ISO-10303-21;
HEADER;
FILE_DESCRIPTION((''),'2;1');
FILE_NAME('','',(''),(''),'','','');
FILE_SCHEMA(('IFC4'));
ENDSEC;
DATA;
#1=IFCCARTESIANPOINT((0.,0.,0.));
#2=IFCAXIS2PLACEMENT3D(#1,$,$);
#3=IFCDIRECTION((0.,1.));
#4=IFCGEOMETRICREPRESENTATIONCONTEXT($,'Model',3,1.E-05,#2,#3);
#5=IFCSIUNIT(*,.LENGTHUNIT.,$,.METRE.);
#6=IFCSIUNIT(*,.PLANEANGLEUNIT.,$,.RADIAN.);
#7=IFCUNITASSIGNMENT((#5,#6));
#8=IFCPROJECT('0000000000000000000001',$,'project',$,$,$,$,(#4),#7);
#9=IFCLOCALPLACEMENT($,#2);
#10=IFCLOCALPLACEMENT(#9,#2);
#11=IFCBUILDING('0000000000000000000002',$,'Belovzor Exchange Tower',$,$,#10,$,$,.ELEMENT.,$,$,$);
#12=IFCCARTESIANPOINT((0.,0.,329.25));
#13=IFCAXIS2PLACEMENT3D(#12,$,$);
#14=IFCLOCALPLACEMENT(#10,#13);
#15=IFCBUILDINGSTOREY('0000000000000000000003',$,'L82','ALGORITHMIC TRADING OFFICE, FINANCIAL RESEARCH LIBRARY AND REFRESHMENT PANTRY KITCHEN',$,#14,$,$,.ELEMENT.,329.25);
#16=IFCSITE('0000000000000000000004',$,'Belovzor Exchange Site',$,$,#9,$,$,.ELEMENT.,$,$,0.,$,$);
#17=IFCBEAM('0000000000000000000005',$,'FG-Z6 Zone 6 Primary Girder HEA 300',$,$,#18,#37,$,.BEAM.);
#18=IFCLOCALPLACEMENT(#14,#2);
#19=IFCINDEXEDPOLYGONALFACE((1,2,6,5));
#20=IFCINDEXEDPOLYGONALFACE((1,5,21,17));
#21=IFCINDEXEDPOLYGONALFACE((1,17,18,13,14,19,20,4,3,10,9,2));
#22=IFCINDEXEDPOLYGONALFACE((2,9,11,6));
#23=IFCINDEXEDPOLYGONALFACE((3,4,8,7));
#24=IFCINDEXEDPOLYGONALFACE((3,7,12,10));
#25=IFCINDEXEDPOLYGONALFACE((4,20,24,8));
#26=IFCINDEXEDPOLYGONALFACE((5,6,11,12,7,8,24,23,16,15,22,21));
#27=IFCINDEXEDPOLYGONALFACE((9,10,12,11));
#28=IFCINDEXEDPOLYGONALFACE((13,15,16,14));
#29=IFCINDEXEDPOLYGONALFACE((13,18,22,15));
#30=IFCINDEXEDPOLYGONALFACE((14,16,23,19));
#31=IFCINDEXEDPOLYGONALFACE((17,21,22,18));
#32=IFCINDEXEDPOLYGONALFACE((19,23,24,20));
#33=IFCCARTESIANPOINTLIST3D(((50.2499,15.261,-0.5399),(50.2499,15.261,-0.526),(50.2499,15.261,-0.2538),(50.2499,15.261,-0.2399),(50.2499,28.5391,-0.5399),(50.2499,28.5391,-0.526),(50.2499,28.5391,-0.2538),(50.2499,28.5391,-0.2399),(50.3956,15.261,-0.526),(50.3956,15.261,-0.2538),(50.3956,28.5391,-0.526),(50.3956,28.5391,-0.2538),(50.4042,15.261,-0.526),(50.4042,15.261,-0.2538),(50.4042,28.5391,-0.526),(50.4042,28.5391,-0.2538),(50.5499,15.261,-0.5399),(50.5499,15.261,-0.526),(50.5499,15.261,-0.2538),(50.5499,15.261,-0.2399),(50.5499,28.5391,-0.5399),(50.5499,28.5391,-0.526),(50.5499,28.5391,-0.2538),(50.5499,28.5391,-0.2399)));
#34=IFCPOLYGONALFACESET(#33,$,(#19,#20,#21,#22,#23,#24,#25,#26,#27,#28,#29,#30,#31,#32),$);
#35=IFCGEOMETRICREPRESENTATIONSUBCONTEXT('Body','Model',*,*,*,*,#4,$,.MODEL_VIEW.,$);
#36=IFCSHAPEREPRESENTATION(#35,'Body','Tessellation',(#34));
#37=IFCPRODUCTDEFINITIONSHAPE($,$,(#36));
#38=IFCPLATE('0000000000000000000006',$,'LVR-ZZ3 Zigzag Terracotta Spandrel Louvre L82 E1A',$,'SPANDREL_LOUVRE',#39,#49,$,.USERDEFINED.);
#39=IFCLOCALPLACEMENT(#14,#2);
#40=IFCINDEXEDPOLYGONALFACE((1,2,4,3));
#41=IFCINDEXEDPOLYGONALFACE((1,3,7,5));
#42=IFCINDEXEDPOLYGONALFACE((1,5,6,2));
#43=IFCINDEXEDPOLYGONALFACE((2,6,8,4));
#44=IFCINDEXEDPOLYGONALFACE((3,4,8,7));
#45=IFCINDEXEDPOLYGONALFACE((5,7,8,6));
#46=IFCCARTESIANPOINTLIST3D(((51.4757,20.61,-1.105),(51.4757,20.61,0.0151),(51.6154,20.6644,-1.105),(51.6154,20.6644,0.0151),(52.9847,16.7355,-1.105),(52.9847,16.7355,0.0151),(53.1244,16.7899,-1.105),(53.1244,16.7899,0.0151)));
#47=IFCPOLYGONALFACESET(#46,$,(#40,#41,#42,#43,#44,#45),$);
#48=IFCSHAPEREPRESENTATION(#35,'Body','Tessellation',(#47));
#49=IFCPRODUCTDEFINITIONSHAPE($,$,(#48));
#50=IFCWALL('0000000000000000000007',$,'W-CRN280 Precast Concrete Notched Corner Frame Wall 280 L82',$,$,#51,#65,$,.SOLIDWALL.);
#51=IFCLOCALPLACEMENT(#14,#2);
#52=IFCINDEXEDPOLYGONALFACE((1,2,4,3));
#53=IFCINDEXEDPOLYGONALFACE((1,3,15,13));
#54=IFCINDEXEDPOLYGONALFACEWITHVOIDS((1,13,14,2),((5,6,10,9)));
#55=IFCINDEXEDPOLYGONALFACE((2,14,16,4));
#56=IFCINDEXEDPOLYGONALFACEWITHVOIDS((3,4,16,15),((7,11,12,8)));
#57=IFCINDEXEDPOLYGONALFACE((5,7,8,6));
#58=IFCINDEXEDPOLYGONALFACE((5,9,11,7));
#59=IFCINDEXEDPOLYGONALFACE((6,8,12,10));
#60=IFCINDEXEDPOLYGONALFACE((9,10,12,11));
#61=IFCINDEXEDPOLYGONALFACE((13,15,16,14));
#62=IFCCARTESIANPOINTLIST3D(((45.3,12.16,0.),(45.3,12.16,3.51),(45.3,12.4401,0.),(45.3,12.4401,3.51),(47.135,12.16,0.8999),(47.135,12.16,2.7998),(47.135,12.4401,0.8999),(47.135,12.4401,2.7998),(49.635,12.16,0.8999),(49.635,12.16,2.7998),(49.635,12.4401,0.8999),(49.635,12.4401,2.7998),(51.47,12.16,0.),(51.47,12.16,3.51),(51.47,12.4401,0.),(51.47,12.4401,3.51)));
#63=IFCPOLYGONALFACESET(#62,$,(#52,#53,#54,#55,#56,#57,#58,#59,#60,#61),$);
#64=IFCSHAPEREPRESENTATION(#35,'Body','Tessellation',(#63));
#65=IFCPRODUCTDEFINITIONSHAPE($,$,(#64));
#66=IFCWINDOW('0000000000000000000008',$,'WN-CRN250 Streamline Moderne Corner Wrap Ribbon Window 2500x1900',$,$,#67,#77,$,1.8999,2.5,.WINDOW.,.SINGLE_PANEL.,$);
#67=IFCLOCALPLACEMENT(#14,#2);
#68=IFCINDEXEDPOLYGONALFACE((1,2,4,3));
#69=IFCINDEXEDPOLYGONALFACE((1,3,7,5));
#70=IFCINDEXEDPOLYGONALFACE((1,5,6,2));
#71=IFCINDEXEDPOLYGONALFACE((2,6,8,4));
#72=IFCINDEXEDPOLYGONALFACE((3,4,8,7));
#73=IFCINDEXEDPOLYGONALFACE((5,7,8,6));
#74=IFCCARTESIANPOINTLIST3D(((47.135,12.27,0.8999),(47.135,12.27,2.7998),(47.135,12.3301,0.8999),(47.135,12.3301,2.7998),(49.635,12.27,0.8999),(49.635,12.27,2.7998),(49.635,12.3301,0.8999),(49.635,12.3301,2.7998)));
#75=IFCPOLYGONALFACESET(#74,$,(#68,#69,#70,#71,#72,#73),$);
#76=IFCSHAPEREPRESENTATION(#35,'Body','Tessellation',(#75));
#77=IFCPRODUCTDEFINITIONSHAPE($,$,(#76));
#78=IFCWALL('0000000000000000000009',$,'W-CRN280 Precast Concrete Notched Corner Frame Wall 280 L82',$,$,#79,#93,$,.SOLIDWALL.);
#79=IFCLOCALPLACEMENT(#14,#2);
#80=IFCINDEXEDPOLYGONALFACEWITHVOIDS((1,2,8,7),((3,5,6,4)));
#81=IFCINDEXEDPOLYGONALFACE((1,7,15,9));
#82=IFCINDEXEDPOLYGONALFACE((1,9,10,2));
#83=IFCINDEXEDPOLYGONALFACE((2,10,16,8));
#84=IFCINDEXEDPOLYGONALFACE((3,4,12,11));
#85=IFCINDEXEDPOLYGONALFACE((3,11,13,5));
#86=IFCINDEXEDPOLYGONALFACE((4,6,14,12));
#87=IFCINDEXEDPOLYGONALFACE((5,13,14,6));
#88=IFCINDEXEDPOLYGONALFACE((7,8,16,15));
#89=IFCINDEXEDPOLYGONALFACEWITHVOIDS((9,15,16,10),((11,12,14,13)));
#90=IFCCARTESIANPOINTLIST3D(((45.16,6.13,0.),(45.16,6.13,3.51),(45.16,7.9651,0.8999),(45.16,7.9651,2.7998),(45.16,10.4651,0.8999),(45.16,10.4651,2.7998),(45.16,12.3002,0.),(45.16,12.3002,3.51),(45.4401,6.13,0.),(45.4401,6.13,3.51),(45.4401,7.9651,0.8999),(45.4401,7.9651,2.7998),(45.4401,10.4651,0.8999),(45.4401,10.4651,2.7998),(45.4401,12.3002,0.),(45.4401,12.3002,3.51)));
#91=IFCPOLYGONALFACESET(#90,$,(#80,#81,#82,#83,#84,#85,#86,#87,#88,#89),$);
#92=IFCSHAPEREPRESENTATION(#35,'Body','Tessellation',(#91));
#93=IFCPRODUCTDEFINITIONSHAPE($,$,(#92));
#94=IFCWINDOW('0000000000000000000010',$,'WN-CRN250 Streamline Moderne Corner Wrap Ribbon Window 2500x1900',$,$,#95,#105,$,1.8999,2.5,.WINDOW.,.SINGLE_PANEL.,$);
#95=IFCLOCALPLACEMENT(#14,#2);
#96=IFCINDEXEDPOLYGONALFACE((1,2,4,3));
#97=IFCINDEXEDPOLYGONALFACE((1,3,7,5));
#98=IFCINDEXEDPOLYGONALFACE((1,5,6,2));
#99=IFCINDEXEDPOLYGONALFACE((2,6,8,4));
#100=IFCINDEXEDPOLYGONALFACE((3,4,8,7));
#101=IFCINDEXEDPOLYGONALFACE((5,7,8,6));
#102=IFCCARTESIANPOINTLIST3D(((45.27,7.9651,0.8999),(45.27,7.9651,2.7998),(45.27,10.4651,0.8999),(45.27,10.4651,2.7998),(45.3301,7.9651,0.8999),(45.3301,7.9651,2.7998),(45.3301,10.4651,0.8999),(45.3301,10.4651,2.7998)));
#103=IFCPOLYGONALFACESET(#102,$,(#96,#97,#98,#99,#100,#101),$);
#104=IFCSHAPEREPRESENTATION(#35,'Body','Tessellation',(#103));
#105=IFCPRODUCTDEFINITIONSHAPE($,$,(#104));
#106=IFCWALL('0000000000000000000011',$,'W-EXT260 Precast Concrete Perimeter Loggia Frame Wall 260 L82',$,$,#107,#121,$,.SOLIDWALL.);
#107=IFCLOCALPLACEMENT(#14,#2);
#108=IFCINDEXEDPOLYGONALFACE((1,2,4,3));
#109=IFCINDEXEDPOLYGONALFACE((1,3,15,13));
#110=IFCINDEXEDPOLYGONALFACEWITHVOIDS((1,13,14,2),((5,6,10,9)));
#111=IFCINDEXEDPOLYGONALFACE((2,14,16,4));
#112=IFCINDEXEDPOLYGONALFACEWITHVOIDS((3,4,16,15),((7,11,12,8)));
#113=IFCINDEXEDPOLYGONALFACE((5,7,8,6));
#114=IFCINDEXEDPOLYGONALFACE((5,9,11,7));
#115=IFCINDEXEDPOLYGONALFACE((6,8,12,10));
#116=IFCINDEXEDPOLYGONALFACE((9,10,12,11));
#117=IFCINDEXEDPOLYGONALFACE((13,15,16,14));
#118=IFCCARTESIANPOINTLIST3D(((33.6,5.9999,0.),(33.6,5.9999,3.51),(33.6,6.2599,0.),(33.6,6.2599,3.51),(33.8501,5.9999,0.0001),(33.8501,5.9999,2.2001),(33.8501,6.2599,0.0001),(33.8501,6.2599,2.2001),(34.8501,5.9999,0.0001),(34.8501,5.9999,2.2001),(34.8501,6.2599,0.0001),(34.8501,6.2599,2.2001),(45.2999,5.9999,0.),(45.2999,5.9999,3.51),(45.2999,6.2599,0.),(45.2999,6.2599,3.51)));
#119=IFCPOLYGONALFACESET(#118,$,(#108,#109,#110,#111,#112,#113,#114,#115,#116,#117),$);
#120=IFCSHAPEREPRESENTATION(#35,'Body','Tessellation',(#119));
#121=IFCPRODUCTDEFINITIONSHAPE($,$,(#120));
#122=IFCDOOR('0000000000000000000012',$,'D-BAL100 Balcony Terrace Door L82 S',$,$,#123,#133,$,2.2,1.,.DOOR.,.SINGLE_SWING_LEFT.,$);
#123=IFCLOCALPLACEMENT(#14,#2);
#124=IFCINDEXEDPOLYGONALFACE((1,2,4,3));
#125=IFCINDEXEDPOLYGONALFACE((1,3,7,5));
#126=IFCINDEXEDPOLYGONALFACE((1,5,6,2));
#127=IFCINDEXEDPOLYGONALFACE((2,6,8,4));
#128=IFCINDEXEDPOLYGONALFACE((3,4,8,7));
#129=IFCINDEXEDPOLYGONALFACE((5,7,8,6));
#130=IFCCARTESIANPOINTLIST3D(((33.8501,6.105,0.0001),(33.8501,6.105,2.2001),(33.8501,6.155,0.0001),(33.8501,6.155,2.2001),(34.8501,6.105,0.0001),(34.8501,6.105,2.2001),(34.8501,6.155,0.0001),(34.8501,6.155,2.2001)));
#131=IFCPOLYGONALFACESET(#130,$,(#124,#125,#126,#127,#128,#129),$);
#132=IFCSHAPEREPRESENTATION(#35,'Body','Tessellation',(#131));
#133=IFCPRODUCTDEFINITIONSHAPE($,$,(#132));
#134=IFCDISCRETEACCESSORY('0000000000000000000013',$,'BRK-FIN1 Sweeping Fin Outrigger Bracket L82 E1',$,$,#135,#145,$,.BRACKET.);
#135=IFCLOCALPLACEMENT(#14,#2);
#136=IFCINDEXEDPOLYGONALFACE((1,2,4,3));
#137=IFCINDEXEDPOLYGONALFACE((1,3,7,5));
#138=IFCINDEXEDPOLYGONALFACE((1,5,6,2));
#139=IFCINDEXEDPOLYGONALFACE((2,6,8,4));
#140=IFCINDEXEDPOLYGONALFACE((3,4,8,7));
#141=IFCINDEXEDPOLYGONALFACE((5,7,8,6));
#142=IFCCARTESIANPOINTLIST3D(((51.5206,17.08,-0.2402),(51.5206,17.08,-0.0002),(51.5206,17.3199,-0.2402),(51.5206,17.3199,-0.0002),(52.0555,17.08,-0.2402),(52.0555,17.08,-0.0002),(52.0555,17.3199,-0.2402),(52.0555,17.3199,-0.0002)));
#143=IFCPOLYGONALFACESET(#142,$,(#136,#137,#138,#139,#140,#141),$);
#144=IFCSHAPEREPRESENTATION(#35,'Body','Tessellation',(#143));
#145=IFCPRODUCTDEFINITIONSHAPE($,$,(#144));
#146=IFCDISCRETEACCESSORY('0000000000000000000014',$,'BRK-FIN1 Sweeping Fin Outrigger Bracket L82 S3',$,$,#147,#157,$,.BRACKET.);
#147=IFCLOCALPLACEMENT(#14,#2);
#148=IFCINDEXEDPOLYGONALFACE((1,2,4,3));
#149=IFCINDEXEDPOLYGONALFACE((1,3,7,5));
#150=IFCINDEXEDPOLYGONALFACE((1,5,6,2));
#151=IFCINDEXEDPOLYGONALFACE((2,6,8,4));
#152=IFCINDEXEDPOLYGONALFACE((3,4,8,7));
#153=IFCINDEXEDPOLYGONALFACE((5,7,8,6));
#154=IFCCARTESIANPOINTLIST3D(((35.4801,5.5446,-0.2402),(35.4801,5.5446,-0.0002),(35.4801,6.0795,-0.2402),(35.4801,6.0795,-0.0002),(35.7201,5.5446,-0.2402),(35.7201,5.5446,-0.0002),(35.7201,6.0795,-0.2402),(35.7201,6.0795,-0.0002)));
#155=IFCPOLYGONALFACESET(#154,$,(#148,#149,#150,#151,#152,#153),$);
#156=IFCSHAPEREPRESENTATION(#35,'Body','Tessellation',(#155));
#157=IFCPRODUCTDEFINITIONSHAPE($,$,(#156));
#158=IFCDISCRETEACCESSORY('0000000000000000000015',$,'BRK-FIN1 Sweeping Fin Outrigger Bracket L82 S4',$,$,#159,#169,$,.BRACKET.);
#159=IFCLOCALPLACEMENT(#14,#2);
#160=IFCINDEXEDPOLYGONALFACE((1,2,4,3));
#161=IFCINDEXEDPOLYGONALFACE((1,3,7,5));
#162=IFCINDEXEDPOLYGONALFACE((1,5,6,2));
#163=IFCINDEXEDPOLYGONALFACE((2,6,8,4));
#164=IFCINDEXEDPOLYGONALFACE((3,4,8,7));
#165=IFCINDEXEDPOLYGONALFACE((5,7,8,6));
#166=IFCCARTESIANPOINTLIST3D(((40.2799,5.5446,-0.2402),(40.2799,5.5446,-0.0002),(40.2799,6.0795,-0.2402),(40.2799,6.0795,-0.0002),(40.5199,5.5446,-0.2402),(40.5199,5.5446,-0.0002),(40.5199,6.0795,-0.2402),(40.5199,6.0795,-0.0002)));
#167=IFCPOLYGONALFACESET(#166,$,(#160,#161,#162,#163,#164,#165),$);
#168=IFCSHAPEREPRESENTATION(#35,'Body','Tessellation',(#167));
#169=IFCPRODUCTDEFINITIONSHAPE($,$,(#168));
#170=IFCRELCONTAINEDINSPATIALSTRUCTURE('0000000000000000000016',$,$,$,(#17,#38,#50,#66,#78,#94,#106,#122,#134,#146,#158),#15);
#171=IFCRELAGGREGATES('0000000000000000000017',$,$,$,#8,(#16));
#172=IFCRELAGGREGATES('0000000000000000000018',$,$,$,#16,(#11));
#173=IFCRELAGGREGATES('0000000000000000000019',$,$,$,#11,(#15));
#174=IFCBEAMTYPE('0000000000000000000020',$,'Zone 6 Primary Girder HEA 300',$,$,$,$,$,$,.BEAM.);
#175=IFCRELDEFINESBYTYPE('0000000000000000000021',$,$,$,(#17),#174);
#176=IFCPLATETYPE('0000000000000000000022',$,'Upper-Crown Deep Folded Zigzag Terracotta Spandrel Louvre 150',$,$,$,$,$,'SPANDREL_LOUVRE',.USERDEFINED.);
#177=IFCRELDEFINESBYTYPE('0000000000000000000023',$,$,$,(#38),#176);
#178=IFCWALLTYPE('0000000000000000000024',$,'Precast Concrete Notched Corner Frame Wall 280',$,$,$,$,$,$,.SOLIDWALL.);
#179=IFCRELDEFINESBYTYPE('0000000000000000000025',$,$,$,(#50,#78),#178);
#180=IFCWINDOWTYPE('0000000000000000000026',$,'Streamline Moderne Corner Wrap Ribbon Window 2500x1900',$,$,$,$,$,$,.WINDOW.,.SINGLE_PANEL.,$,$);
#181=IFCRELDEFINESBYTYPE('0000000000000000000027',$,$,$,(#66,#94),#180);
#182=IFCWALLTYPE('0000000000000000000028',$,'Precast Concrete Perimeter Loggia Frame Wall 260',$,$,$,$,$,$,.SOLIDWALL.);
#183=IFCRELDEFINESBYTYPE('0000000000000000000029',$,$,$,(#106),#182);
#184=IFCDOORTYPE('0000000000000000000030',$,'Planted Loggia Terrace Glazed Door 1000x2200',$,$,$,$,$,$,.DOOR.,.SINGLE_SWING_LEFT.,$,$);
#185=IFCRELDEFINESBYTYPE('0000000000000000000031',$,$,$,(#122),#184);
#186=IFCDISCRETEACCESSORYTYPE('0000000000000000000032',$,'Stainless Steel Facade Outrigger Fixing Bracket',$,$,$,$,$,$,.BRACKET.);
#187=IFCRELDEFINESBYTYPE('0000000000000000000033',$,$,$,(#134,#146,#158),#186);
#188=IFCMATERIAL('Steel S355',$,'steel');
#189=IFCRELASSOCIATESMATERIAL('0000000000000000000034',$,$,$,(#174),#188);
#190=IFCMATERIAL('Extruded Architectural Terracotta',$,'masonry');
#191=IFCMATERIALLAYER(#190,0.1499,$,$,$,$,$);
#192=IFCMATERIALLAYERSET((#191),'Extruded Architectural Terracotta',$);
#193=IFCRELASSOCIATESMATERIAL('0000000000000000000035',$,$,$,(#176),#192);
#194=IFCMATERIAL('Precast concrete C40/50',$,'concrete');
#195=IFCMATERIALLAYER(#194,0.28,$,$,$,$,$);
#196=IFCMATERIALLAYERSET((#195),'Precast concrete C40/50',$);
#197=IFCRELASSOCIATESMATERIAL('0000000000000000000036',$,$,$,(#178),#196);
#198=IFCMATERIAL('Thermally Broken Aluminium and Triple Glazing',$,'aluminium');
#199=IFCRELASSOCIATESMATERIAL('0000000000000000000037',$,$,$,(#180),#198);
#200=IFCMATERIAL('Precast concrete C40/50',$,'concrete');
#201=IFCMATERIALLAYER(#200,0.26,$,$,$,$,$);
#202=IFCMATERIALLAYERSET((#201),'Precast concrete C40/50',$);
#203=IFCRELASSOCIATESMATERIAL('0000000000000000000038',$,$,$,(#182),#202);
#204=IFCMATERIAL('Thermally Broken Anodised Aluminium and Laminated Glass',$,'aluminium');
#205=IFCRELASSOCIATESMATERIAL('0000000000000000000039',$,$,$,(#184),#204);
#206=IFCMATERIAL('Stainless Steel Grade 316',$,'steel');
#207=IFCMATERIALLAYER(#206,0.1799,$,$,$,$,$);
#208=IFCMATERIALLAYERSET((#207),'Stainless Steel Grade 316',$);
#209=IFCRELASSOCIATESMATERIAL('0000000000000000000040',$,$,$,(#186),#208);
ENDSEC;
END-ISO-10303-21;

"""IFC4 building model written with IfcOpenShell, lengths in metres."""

from ifc_helpers import new_model, si_unit, direction, frame, frame_2d, origin, origin_2d, place, context, subcontext, project, spatial, rectangle, i_section, extrude, material, layer, layer_set, material_profile, profile_set, type_object, element, fill, save


model = new_model("IFC4")

# Units and contexts
model_context = context("Model", 3, precision=1e-05, world=origin(), true_north=direction((0.0, 1.0)))
body_context = subcontext(model_context, "Body", "Model", "MODEL_VIEW")
ifc_project = project(units=[si_unit("LENGTHUNIT", "METRE"), si_unit("PLANEANGLEUNIT", "RADIAN")], contexts=[model_context])

# Site, building, storey
site_placement = place(None, origin())
site = spatial("IfcSite", under=ifc_project, at=site_placement, Name="Belovzor Exchange Site", CompositionType="ELEMENT", RefElevation=0.0)
building_placement = place(site_placement, origin())
building = spatial("IfcBuilding", under=site, at=building_placement, Name="Belovzor Exchange Tower", CompositionType="ELEMENT")
storey_placement = place(building_placement, frame((0.0, 0.0, 329.25)))
storey = spatial("IfcBuildingStorey", under=building, at=storey_placement, Name="L82", Description="ALGORITHMIC TRADING OFFICE, FINANCIAL RESEARCH LIBRARY AND REFRESHMENT PANTRY KITCHEN", CompositionType="ELEMENT", Elevation=329.25)

# Beam
ifc_material_1 = material(Name="Steel S355", Category="steel")
ifc_material_profile_1 = material_profile(ifc_material_1, i_section(OverallWidth=0.3, OverallDepth=0.3, WebThickness=0.0085, FlangeThickness=0.0139, at=origin_2d()))
ifc_profile_set_1 = profile_set([ifc_material_profile_1], Name="Steel S355")
beam_type_1 = type_object("IfcBeamType", Name="Zone 6 Primary Girder HEA 300", PredefinedType="BEAM", material=ifc_profile_set_1)
beam_1_placement = place(storey_placement, frame((50.3999, 15.261, -0.3899), z_axis=(0.0, 1.0, 0.0), x_axis=(-1.0, 0.0, 0.0)))
element("IfcBeam", 1, at=beam_1_placement, inside=storey, type_object=beam_type_1, Name="FG-Z6 Zone 6 Primary Girder HEA 300", PredefinedType="BEAM", context=body_context, shape_type="SweptSolid", body=[
    extrude(i_section(OverallWidth=0.3, OverallDepth=0.3, WebThickness=0.0085, FlangeThickness=0.0139, at=origin_2d()), origin(), (0.0, 0.0, 1.0), 13.2781),
])

# Plate
ifc_material_2 = material(Name="Extruded Architectural Terracotta", Category="masonry")
ifc_layer_1 = layer(ifc_material_2, 0.1499)
ifc_layer_set_1 = layer_set([ifc_layer_1], Name="Extruded Architectural Terracotta")
plate_type = type_object("IfcPlateType", Name="Upper-Crown Deep Folded Zigzag Terracotta Spandrel Louvre 150", ElementType="SPANDREL_LOUVRE", PredefinedType="USERDEFINED", material=ifc_layer_set_1)
plate_placement = place(storey_placement, frame((52.3, 18.7, -1.105), z_axis=(0.0, 0.0, 1.0), x_axis=(-0.362926, 0.931818, 0.0)))
element("IfcPlate", 2, at=plate_placement, inside=storey, type_object=plate_type, Name="LVR-ZZ3 Zigzag Terracotta Spandrel Louvre L82 E1A", ObjectType="SPANDREL_LOUVRE", PredefinedType="USERDEFINED", context=body_context, shape_type="SweptSolid", body=[
    extrude(rectangle(XDim=4.158, YDim=0.1499, at=origin_2d()), origin(), (0.0, 0.0, 1.0), 1.1201),
])

# Walls, openings, windows
ifc_material_3 = material(Name="Precast concrete C40/50", Category="concrete")
ifc_layer_2 = layer(ifc_material_3, 0.28)
ifc_layer_set_2 = layer_set([ifc_layer_2], Name="Precast concrete C40/50")
wall_type_1 = type_object("IfcWallType", Name="Precast Concrete Notched Corner Frame Wall 280", PredefinedType="SOLIDWALL", material=ifc_layer_set_2)
wall_1_placement = place(storey_placement, frame((51.47, 12.3, 0.0), z_axis=(0.0, 0.0, 1.0), x_axis=(-1.0, 0.0, 0.0)))
wall_1 = element("IfcWall", 3, at=wall_1_placement, inside=storey, type_object=wall_type_1, Name="W-CRN280 Precast Concrete Notched Corner Frame Wall 280 L82", PredefinedType="SOLIDWALL", context=body_context, shape_type="SweptSolid", body=[
    extrude(rectangle(XDim=6.1699, YDim=0.28, at=frame_2d((3.085, 0.0))), origin(), (0.0, 0.0, 1.0), 3.51),
])
opening_1_placement = place(wall_1_placement, frame((1.835, 0.0, 0.8999)))
opening_1 = element("IfcOpeningElement", 4, at=opening_1_placement, cuts=wall_1, PredefinedType="OPENING", context=body_context, shape_type="SweptSolid", body=[
    extrude(rectangle(XDim=2.5, YDim=1.8999, at=frame_2d((1.25, 0.95))), frame((0.0, 0.1499, 0.0), z_axis=(0.0, -1.0, 0.0), x_axis=(1.0, 0.0, 0.0)), (0.0, 0.0, 1.0), 0.3),
])
ifc_material_4 = material(Name="Thermally Broken Aluminium and Triple Glazing", Category="aluminium")
window_type = type_object("IfcWindowType", Name="Streamline Moderne Corner Wrap Ribbon Window 2500x1900", PartitioningType="SINGLE_PANEL", PredefinedType="WINDOW", material=ifc_material_4)
window_1_placement = place(opening_1_placement, origin())
window_1 = element("IfcWindow", 5, at=window_1_placement, inside=storey, type_object=window_type, Name="WN-CRN250 Streamline Moderne Corner Wrap Ribbon Window 2500x1900", OverallHeight=1.8999, OverallWidth=2.5, PartitioningType="SINGLE_PANEL", PredefinedType="WINDOW", context=body_context, shape_type="SweptSolid", body=[
    extrude(rectangle(XDim=2.5, YDim=1.8999, at=frame_2d((1.25, 0.95))), frame((0.0, 0.03, 0.0), z_axis=(0.0, -1.0, 0.0), x_axis=(1.0, 0.0, 0.0)), (0.0, 0.0, 1.0), 0.0601),
])
fill(opening_1, window_1)
wall_2_placement = place(storey_placement, frame((45.3, 12.3, 0.0), z_axis=(0.0, 0.0, 1.0), x_axis=(0.0, -1.0, 0.0)))
wall_2 = element("IfcWall", 6, at=wall_2_placement, inside=storey, type_object=wall_type_1, Name="W-CRN280 Precast Concrete Notched Corner Frame Wall 280 L82", PredefinedType="SOLIDWALL", context=body_context, shape_type="SweptSolid", body=[
    extrude(rectangle(XDim=6.1702, YDim=0.28, at=frame_2d((3.085, 0.0))), origin(), (0.0, 0.0, 1.0), 3.51),
])
opening_2_placement = place(wall_2_placement, frame((1.835, 0.0, 0.8999)))
opening_2 = element("IfcOpeningElement", 7, at=opening_2_placement, cuts=wall_2, PredefinedType="OPENING", context=body_context, shape_type="SweptSolid", body=[
    extrude(rectangle(XDim=2.5, YDim=1.8999, at=frame_2d((1.25, 0.95))), frame((0.0, 0.1499, 0.0), z_axis=(0.0, -1.0, 0.0), x_axis=(1.0, 0.0, 0.0)), (0.0, 0.0, 1.0), 0.3),
])
window_2_placement = place(opening_2_placement, origin())
window_2 = element("IfcWindow", 8, at=window_2_placement, inside=storey, type_object=window_type, Name="WN-CRN250 Streamline Moderne Corner Wrap Ribbon Window 2500x1900", OverallHeight=1.8999, OverallWidth=2.5, PartitioningType="SINGLE_PANEL", PredefinedType="WINDOW", context=body_context, shape_type="SweptSolid", body=[
    extrude(rectangle(XDim=2.5, YDim=1.8999, at=frame_2d((1.25, 0.95))), frame((0.0, 0.03, 0.0), z_axis=(0.0, -1.0, 0.0), x_axis=(1.0, 0.0, 0.0)), (0.0, 0.0, 1.0), 0.0601),
])
fill(opening_2, window_2)

# Wall, opening, door
ifc_material_5 = material(Name="Precast concrete C40/50", Category="concrete")
ifc_layer_3 = layer(ifc_material_5, 0.26)
ifc_layer_set_3 = layer_set([ifc_layer_3], Name="Precast concrete C40/50")
wall_type_2 = type_object("IfcWallType", Name="Precast Concrete Perimeter Loggia Frame Wall 260", PredefinedType="SOLIDWALL", material=ifc_layer_set_3)
wall_3_placement = place(storey_placement, frame((45.3, 6.1299, 0.0), z_axis=(0.0, 0.0, 1.0), x_axis=(-1.0, 0.0, 0.0)))
wall_3 = element("IfcWall", 9, at=wall_3_placement, inside=storey, type_object=wall_type_2, Name="W-EXT260 Precast Concrete Perimeter Loggia Frame Wall 260 L82", PredefinedType="SOLIDWALL", context=body_context, shape_type="SweptSolid", body=[
    extrude(rectangle(XDim=11.7, YDim=0.26, at=frame_2d((5.8501, 0.0))), origin(), (0.0, 0.0, 1.0), 3.51),
])
opening_3_placement = place(wall_3_placement, frame((10.45, 0.0, 0.0)))
opening_3 = element("IfcOpeningElement", 10, at=opening_3_placement, cuts=wall_3, PredefinedType="OPENING", context=body_context, shape_type="SweptSolid", body=[
    extrude(rectangle(XDim=1.0, YDim=2.2, at=frame_2d((0.5, 1.1001))), frame((0.0, 0.1399, 0.0), z_axis=(0.0, -1.0, 0.0), x_axis=(1.0, 0.0, 0.0)), (0.0, 0.0, 1.0), 0.28),
])
ifc_material_6 = material(Name="Thermally Broken Anodised Aluminium and Laminated Glass", Category="aluminium")
door_type = type_object("IfcDoorType", Name="Planted Loggia Terrace Glazed Door 1000x2200", OperationType="SINGLE_SWING_LEFT", PredefinedType="DOOR", material=ifc_material_6)
door_placement = place(opening_3_placement, origin())
door = element("IfcDoor", 11, at=door_placement, inside=storey, type_object=door_type, Name="D-BAL100 Balcony Terrace Door L82 S", OperationType="SINGLE_SWING_LEFT", OverallHeight=2.2, OverallWidth=1.0, PredefinedType="DOOR", context=body_context, shape_type="SweptSolid", body=[
    extrude(rectangle(XDim=1.0, YDim=2.2, at=frame_2d((0.5, 1.1001))), frame((0.0, 0.0249, 0.0), z_axis=(0.0, -1.0, 0.0), x_axis=(1.0, 0.0, 0.0)), (0.0, 0.0, 1.0), 0.05),
])
fill(opening_3, door)

# Discrete accessories
ifc_material_7 = material(Name="Stainless Steel Grade 316", Category="steel")
ifc_layer_4 = layer(ifc_material_7, 0.1799)
ifc_layer_set_4 = layer_set([ifc_layer_4], Name="Stainless Steel Grade 316")
discrete_accessory_type = type_object("IfcDiscreteAccessoryType", Name="Stainless Steel Facade Outrigger Fixing Bracket", PredefinedType="BRACKET", material=ifc_layer_set_4)
for number, where, z_axis, x_axis, name in (
    (12, (51.7881, 17.2, -0.2402), (0.0, 0.0, 1.0), (1.0, 0.0, 0.0), "BRK-FIN1 Sweeping Fin Outrigger Bracket L82 E1"),
    (13, (35.6001, 5.812, -0.2402), (0.0, 0.0, 1.0), (0.0, 1.0, 0.0), "BRK-FIN1 Sweeping Fin Outrigger Bracket L82 S3"),
    (14, (40.3999, 5.812, -0.2402), (0.0, 0.0, 1.0), (0.0, 1.0, 0.0), "BRK-FIN1 Sweeping Fin Outrigger Bracket L82 S4"),
):
    element("IfcDiscreteAccessory", number, at=place(storey_placement, frame(where, z_axis=z_axis, x_axis=x_axis)), inside=storey, type_object=discrete_accessory_type, Name=name, PredefinedType="BRACKET", context=body_context, shape_type="SweptSolid", body=[
        extrude(rectangle(XDim=0.5349, YDim=0.24, at=origin_2d()), origin(), (0.0, 0.0, 1.0), 0.24),
    ])

save(model, "model.ifc")
